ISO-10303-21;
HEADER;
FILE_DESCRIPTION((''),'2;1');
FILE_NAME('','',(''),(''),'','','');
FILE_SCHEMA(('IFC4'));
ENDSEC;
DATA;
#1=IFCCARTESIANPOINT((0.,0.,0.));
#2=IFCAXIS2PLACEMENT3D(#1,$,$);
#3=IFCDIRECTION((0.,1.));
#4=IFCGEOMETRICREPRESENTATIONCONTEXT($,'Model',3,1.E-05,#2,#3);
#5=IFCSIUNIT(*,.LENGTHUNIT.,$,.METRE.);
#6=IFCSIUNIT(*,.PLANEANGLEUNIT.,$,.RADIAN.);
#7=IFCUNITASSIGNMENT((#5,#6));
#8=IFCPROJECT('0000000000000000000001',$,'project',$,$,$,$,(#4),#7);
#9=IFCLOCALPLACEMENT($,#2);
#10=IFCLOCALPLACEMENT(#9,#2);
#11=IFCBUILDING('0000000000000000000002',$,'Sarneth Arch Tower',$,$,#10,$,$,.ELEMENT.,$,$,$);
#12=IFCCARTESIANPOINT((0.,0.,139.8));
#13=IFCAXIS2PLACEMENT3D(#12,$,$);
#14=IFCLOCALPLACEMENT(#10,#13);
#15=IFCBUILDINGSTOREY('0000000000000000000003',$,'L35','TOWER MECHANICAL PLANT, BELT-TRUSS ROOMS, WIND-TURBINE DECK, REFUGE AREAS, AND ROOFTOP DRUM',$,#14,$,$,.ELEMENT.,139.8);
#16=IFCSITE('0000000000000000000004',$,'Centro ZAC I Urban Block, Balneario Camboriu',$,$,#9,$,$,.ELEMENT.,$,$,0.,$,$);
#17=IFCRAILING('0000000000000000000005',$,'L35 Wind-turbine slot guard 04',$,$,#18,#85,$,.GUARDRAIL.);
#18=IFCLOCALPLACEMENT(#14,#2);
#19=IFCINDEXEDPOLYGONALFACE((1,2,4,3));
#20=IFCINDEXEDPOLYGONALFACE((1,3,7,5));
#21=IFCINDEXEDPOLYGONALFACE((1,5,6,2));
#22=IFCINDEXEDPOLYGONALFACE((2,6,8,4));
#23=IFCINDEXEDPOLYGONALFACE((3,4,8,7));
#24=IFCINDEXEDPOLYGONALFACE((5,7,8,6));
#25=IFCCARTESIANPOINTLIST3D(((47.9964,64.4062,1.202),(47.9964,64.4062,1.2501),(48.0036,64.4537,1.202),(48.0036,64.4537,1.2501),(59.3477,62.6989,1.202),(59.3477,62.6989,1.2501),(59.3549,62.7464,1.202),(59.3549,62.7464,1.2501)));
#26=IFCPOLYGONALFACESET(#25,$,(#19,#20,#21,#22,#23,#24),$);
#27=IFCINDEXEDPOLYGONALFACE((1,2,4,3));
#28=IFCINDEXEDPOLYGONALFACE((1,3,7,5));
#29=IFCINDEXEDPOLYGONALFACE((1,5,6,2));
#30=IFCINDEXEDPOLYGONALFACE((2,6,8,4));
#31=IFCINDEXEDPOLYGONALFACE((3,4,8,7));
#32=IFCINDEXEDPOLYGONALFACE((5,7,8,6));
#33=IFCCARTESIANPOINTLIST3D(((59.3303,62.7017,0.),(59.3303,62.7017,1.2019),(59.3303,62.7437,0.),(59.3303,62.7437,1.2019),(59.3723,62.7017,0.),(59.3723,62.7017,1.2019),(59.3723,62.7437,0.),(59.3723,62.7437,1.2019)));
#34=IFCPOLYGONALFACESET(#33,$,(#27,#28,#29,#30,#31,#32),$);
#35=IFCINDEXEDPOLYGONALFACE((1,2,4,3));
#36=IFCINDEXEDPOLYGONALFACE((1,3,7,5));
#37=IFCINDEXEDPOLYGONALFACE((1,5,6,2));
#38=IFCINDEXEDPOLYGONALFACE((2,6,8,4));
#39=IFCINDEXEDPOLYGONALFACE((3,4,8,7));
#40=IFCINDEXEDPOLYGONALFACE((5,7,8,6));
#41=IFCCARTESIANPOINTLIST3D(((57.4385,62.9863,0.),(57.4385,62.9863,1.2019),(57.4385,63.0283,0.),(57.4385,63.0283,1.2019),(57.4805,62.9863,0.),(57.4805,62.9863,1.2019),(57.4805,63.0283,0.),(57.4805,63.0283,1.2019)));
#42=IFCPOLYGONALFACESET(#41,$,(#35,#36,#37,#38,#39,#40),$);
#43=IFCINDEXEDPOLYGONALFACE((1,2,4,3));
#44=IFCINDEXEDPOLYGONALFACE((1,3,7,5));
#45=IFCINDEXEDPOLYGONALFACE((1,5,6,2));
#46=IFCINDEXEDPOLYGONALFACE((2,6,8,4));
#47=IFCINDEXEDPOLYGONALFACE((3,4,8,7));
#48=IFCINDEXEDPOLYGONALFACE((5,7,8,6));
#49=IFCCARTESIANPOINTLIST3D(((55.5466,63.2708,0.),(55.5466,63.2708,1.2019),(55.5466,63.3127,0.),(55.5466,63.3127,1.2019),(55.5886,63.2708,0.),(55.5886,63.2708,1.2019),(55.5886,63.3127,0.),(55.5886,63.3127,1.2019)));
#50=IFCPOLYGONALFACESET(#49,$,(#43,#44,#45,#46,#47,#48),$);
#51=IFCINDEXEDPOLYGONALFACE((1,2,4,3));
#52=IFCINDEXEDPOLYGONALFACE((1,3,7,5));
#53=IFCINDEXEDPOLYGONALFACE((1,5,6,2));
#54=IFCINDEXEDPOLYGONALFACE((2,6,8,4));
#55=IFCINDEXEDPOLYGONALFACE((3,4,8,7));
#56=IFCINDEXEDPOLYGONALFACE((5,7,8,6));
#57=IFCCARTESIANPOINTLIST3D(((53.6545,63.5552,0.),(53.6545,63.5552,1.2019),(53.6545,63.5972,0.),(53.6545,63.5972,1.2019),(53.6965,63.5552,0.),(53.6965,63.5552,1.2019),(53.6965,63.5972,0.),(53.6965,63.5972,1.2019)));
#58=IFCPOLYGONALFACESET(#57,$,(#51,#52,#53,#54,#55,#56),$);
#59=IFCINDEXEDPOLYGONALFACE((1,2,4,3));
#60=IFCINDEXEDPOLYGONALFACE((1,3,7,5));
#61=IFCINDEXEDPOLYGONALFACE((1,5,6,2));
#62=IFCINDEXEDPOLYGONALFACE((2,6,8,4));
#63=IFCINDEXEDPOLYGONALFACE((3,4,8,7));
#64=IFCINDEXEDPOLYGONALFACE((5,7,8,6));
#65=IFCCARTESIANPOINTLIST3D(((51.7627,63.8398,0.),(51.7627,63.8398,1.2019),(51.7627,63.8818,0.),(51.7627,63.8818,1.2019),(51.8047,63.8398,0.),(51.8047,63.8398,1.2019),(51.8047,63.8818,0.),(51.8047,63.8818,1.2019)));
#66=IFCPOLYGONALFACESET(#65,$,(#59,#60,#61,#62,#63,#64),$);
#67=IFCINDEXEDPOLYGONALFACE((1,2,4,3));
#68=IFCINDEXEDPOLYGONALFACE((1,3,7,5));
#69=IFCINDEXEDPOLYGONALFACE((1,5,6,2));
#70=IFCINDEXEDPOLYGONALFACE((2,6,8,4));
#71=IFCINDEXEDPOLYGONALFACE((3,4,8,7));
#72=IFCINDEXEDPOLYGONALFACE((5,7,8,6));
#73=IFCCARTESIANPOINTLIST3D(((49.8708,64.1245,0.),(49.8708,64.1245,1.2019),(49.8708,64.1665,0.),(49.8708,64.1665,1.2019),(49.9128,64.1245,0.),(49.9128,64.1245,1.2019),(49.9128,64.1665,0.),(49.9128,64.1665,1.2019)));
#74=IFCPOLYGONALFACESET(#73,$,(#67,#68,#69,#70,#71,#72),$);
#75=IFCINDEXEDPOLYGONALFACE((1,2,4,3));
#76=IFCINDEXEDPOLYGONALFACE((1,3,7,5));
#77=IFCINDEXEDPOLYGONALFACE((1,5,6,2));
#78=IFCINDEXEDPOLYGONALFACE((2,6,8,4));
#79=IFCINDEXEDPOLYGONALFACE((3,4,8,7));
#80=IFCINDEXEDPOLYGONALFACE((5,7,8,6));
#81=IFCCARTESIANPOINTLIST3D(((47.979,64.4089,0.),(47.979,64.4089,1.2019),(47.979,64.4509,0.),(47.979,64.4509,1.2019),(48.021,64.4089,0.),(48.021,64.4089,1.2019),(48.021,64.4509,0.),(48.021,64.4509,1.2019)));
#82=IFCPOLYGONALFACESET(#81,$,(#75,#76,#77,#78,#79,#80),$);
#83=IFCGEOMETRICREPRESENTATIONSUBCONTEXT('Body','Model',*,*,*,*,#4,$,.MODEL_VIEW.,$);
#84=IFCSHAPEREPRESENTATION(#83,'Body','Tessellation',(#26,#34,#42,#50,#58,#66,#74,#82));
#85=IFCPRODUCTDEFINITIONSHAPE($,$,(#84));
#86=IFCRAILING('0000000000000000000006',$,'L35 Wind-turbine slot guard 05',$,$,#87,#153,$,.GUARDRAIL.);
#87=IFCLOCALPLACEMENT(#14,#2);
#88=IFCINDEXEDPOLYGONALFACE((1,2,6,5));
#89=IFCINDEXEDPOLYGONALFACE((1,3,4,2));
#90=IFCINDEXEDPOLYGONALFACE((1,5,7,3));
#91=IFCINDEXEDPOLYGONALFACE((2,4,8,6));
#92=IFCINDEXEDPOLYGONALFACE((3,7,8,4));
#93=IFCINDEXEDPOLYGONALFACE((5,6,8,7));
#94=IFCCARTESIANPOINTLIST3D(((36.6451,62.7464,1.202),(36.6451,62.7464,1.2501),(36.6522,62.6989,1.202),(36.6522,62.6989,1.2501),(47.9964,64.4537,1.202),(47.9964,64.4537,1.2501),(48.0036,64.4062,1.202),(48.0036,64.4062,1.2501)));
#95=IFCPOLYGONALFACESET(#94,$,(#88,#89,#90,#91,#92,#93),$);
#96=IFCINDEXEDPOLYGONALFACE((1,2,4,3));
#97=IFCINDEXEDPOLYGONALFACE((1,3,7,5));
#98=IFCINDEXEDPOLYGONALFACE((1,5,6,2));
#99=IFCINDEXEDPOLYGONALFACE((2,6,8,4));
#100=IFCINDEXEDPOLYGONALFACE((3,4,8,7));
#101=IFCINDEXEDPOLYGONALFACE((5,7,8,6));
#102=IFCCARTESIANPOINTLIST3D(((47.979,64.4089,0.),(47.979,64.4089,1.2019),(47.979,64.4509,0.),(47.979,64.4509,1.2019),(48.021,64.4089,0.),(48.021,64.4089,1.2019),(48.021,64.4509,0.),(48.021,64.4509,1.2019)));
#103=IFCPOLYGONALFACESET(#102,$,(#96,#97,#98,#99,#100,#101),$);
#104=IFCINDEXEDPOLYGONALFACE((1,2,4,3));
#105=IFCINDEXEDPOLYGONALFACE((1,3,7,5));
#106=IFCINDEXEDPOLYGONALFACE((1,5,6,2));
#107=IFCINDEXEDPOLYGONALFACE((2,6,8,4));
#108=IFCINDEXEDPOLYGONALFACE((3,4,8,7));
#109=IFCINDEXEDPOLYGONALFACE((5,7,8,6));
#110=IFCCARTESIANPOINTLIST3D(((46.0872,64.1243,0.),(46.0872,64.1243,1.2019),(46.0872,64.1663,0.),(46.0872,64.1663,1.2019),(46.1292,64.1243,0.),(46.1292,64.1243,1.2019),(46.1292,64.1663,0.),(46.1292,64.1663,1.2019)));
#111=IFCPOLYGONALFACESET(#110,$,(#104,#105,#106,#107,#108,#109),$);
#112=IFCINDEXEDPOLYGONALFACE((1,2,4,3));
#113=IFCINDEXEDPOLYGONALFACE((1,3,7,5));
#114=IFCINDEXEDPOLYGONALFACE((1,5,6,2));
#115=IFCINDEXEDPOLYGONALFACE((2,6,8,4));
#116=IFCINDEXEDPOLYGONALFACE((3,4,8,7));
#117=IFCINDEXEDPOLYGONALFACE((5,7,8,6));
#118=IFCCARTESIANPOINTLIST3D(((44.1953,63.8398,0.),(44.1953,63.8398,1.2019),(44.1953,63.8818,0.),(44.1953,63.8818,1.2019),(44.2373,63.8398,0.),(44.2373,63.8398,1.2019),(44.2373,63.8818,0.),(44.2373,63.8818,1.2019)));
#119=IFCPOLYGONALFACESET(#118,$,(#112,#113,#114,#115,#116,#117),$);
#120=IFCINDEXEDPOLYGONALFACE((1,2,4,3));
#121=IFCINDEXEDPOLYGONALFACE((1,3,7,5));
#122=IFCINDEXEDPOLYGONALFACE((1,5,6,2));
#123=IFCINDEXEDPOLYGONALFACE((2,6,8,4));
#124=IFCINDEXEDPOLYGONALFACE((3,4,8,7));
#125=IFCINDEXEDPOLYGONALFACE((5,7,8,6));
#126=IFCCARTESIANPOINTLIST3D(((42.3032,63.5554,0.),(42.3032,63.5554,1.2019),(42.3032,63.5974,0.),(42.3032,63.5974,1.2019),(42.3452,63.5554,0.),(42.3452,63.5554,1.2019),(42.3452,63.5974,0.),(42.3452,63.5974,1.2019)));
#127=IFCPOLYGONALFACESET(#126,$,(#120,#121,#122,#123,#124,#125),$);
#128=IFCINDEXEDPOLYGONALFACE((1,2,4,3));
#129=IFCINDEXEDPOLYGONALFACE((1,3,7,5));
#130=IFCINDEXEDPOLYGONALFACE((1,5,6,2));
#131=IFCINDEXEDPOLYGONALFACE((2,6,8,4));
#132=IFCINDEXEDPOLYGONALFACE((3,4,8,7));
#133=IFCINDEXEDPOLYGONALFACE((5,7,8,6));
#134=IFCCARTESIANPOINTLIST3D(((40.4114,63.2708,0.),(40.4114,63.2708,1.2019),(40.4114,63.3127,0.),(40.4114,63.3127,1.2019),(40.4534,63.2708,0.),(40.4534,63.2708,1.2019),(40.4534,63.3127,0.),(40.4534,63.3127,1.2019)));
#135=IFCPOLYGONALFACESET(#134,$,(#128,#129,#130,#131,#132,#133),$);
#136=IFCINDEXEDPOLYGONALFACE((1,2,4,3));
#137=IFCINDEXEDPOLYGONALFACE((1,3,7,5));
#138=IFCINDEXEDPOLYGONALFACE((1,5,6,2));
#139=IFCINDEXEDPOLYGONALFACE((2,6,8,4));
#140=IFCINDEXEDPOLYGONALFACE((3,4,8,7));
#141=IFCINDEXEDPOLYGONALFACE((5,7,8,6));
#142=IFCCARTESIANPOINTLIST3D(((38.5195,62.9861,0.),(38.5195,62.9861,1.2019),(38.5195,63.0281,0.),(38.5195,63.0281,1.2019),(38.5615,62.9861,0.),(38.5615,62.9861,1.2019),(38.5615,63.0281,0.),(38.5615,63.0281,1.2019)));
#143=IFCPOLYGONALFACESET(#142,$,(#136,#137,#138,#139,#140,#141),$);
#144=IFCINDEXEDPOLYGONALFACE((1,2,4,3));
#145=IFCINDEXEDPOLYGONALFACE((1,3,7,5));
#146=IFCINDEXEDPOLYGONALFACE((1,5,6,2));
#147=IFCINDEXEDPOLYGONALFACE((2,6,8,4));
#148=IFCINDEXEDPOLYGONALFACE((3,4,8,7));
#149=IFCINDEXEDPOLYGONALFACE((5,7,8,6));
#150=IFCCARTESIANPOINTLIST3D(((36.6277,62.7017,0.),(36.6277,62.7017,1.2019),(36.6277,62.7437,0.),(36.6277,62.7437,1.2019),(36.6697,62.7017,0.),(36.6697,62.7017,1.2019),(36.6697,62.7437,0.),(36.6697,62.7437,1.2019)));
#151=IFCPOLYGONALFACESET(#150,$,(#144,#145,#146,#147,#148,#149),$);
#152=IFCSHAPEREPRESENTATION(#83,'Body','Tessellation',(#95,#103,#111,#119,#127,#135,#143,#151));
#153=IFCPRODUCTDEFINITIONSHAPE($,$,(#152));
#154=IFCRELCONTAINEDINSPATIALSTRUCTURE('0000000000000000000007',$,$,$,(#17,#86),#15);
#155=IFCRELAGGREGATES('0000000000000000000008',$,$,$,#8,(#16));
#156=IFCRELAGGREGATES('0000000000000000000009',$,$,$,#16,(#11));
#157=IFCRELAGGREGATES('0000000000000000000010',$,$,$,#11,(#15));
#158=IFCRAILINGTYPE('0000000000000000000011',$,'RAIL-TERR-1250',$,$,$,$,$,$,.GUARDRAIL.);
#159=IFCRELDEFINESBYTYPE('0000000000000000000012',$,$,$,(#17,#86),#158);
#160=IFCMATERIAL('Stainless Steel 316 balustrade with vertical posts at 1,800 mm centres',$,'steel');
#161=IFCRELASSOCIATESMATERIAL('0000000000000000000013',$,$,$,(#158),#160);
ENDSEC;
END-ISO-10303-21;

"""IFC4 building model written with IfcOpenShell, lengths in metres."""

from ifc_helpers import new_model, si_unit, direction, frame, origin, origin_2d, place, context, subcontext, project, spatial, rectangle, extrude, material, type_object, element, save


model = new_model("IFC4")

# Units and contexts
model_context = context("Model", 3, precision=1e-05, world=origin(), true_north=direction((0.0, 1.0)))
body_context = subcontext(model_context, "Body", "Model", "MODEL_VIEW")
ifc_project = project(units=[si_unit("LENGTHUNIT", "METRE"), si_unit("PLANEANGLEUNIT", "RADIAN")], contexts=[model_context])

# Site, building, storey
site_placement = place(None, origin())
site = spatial("IfcSite", under=ifc_project, at=site_placement, Name="Centro ZAC I Urban Block, Balneario Camboriu", CompositionType="ELEMENT", RefElevation=0.0)
building_placement = place(site_placement, origin())
building = spatial("IfcBuilding", under=site, at=building_placement, Name="Sarneth Arch Tower", CompositionType="ELEMENT")
storey_placement = place(building_placement, frame((0.0, 0.0, 139.8)))
storey = spatial("IfcBuildingStorey", under=building, at=storey_placement, Name="L35", Description="TOWER MECHANICAL PLANT, BELT-TRUSS ROOMS, WIND-TURBINE DECK, REFUGE AREAS, AND ROOFTOP DRUM", CompositionType="ELEMENT", Elevation=139.8)

# Railings
ifc_material_1 = material(Name="Stainless Steel 316 balustrade with vertical posts at 1,800 mm centres", Category="steel")
railing_type_1 = type_object("IfcRailingType", Name="RAIL-TERR-1250", PredefinedType="GUARDRAIL", material=ifc_material_1)
railing_1_placement = place(storey_placement, frame((59.3513, 62.7227, 0.0)))
element("IfcRailing", 1, at=railing_1_placement, inside=storey, type_object=railing_type_1, Name="L35 Wind-turbine slot guard 04", PredefinedType="GUARDRAIL", context=body_context, shape_type="SweptSolid", body=[
    extrude(rectangle(XDim=0.0481, YDim=0.0481, at=origin_2d()), frame((0.0, 0.0, 1.2261), z_axis=(-0.988878, 0.14873, 0.0), x_axis=(-0.14873, -0.988878, 0.0)), (0.0, 0.0, 1.0), 11.479),
    extrude(rectangle(XDim=0.042, YDim=0.042, at=origin_2d()), origin(), (0.0, 0.0, 1.0), 1.2019),
    extrude(rectangle(XDim=0.042, YDim=0.042, at=origin_2d()), frame((-1.8918, 0.2847, 0.0)), (0.0, 0.0, 1.0), 1.2019),
    extrude(rectangle(XDim=0.042, YDim=0.042, at=origin_2d()), frame((-3.7837, 0.5691, 0.0)), (0.0, 0.0, 1.0), 1.2019),
    extrude(rectangle(XDim=0.042, YDim=0.042, at=origin_2d()), frame((-5.6758, 0.8535, 0.0)), (0.0, 0.0, 1.0), 1.2019),
    extrude(rectangle(XDim=0.042, YDim=0.042, at=origin_2d()), frame((-7.5676, 1.1382, 0.0)), (0.0, 0.0, 1.0), 1.2019),
    extrude(rectangle(XDim=0.042, YDim=0.042, at=origin_2d()), frame((-9.4595, 1.4229, 0.0)), (0.0, 0.0, 1.0), 1.2019),
    extrude(rectangle(XDim=0.042, YDim=0.042, at=origin_2d()), frame((-11.3513, 1.7073, 0.0)), (0.0, 0.0, 1.0), 1.2019),
])
railing_2_placement = place(storey_placement, frame((48.0, 64.4299, 0.0)))
element("IfcRailing", 2, at=railing_2_placement, inside=storey, type_object=railing_type_1, Name="L35 Wind-turbine slot guard 05", PredefinedType="GUARDRAIL", context=body_context, shape_type="SweptSolid", body=[
    extrude(rectangle(XDim=0.0481, YDim=0.0481, at=origin_2d()), frame((0.0, 0.0, 1.2261), z_axis=(-0.988878, -0.14873, 0.0), x_axis=(0.14873, -0.988878, 0.0)), (0.0, 0.0, 1.0), 11.479),
    extrude(rectangle(XDim=0.042, YDim=0.042, at=origin_2d()), origin(), (0.0, 0.0, 1.0), 1.2019),
    extrude(rectangle(XDim=0.042, YDim=0.042, at=origin_2d()), frame((-1.8918, -0.2847, 0.0)), (0.0, 0.0, 1.0), 1.2019),
    extrude(rectangle(XDim=0.042, YDim=0.042, at=origin_2d()), frame((-3.7837, -0.5691, 0.0)), (0.0, 0.0, 1.0), 1.2019),
    extrude(rectangle(XDim=0.042, YDim=0.042, at=origin_2d()), frame((-5.6758, -0.8535, 0.0)), (0.0, 0.0, 1.0), 1.2019),
    extrude(rectangle(XDim=0.042, YDim=0.042, at=origin_2d()), frame((-7.5676, -1.1382, 0.0)), (0.0, 0.0, 1.0), 1.2019),
    extrude(rectangle(XDim=0.042, YDim=0.042, at=origin_2d()), frame((-9.4595, -1.4229, 0.0)), (0.0, 0.0, 1.0), 1.2019),
    extrude(rectangle(XDim=0.042, YDim=0.042, at=origin_2d()), frame((-11.3513, -1.7073, 0.0)), (0.0, 0.0, 1.0), 1.2019),
])

save(model, "model.ifc")
